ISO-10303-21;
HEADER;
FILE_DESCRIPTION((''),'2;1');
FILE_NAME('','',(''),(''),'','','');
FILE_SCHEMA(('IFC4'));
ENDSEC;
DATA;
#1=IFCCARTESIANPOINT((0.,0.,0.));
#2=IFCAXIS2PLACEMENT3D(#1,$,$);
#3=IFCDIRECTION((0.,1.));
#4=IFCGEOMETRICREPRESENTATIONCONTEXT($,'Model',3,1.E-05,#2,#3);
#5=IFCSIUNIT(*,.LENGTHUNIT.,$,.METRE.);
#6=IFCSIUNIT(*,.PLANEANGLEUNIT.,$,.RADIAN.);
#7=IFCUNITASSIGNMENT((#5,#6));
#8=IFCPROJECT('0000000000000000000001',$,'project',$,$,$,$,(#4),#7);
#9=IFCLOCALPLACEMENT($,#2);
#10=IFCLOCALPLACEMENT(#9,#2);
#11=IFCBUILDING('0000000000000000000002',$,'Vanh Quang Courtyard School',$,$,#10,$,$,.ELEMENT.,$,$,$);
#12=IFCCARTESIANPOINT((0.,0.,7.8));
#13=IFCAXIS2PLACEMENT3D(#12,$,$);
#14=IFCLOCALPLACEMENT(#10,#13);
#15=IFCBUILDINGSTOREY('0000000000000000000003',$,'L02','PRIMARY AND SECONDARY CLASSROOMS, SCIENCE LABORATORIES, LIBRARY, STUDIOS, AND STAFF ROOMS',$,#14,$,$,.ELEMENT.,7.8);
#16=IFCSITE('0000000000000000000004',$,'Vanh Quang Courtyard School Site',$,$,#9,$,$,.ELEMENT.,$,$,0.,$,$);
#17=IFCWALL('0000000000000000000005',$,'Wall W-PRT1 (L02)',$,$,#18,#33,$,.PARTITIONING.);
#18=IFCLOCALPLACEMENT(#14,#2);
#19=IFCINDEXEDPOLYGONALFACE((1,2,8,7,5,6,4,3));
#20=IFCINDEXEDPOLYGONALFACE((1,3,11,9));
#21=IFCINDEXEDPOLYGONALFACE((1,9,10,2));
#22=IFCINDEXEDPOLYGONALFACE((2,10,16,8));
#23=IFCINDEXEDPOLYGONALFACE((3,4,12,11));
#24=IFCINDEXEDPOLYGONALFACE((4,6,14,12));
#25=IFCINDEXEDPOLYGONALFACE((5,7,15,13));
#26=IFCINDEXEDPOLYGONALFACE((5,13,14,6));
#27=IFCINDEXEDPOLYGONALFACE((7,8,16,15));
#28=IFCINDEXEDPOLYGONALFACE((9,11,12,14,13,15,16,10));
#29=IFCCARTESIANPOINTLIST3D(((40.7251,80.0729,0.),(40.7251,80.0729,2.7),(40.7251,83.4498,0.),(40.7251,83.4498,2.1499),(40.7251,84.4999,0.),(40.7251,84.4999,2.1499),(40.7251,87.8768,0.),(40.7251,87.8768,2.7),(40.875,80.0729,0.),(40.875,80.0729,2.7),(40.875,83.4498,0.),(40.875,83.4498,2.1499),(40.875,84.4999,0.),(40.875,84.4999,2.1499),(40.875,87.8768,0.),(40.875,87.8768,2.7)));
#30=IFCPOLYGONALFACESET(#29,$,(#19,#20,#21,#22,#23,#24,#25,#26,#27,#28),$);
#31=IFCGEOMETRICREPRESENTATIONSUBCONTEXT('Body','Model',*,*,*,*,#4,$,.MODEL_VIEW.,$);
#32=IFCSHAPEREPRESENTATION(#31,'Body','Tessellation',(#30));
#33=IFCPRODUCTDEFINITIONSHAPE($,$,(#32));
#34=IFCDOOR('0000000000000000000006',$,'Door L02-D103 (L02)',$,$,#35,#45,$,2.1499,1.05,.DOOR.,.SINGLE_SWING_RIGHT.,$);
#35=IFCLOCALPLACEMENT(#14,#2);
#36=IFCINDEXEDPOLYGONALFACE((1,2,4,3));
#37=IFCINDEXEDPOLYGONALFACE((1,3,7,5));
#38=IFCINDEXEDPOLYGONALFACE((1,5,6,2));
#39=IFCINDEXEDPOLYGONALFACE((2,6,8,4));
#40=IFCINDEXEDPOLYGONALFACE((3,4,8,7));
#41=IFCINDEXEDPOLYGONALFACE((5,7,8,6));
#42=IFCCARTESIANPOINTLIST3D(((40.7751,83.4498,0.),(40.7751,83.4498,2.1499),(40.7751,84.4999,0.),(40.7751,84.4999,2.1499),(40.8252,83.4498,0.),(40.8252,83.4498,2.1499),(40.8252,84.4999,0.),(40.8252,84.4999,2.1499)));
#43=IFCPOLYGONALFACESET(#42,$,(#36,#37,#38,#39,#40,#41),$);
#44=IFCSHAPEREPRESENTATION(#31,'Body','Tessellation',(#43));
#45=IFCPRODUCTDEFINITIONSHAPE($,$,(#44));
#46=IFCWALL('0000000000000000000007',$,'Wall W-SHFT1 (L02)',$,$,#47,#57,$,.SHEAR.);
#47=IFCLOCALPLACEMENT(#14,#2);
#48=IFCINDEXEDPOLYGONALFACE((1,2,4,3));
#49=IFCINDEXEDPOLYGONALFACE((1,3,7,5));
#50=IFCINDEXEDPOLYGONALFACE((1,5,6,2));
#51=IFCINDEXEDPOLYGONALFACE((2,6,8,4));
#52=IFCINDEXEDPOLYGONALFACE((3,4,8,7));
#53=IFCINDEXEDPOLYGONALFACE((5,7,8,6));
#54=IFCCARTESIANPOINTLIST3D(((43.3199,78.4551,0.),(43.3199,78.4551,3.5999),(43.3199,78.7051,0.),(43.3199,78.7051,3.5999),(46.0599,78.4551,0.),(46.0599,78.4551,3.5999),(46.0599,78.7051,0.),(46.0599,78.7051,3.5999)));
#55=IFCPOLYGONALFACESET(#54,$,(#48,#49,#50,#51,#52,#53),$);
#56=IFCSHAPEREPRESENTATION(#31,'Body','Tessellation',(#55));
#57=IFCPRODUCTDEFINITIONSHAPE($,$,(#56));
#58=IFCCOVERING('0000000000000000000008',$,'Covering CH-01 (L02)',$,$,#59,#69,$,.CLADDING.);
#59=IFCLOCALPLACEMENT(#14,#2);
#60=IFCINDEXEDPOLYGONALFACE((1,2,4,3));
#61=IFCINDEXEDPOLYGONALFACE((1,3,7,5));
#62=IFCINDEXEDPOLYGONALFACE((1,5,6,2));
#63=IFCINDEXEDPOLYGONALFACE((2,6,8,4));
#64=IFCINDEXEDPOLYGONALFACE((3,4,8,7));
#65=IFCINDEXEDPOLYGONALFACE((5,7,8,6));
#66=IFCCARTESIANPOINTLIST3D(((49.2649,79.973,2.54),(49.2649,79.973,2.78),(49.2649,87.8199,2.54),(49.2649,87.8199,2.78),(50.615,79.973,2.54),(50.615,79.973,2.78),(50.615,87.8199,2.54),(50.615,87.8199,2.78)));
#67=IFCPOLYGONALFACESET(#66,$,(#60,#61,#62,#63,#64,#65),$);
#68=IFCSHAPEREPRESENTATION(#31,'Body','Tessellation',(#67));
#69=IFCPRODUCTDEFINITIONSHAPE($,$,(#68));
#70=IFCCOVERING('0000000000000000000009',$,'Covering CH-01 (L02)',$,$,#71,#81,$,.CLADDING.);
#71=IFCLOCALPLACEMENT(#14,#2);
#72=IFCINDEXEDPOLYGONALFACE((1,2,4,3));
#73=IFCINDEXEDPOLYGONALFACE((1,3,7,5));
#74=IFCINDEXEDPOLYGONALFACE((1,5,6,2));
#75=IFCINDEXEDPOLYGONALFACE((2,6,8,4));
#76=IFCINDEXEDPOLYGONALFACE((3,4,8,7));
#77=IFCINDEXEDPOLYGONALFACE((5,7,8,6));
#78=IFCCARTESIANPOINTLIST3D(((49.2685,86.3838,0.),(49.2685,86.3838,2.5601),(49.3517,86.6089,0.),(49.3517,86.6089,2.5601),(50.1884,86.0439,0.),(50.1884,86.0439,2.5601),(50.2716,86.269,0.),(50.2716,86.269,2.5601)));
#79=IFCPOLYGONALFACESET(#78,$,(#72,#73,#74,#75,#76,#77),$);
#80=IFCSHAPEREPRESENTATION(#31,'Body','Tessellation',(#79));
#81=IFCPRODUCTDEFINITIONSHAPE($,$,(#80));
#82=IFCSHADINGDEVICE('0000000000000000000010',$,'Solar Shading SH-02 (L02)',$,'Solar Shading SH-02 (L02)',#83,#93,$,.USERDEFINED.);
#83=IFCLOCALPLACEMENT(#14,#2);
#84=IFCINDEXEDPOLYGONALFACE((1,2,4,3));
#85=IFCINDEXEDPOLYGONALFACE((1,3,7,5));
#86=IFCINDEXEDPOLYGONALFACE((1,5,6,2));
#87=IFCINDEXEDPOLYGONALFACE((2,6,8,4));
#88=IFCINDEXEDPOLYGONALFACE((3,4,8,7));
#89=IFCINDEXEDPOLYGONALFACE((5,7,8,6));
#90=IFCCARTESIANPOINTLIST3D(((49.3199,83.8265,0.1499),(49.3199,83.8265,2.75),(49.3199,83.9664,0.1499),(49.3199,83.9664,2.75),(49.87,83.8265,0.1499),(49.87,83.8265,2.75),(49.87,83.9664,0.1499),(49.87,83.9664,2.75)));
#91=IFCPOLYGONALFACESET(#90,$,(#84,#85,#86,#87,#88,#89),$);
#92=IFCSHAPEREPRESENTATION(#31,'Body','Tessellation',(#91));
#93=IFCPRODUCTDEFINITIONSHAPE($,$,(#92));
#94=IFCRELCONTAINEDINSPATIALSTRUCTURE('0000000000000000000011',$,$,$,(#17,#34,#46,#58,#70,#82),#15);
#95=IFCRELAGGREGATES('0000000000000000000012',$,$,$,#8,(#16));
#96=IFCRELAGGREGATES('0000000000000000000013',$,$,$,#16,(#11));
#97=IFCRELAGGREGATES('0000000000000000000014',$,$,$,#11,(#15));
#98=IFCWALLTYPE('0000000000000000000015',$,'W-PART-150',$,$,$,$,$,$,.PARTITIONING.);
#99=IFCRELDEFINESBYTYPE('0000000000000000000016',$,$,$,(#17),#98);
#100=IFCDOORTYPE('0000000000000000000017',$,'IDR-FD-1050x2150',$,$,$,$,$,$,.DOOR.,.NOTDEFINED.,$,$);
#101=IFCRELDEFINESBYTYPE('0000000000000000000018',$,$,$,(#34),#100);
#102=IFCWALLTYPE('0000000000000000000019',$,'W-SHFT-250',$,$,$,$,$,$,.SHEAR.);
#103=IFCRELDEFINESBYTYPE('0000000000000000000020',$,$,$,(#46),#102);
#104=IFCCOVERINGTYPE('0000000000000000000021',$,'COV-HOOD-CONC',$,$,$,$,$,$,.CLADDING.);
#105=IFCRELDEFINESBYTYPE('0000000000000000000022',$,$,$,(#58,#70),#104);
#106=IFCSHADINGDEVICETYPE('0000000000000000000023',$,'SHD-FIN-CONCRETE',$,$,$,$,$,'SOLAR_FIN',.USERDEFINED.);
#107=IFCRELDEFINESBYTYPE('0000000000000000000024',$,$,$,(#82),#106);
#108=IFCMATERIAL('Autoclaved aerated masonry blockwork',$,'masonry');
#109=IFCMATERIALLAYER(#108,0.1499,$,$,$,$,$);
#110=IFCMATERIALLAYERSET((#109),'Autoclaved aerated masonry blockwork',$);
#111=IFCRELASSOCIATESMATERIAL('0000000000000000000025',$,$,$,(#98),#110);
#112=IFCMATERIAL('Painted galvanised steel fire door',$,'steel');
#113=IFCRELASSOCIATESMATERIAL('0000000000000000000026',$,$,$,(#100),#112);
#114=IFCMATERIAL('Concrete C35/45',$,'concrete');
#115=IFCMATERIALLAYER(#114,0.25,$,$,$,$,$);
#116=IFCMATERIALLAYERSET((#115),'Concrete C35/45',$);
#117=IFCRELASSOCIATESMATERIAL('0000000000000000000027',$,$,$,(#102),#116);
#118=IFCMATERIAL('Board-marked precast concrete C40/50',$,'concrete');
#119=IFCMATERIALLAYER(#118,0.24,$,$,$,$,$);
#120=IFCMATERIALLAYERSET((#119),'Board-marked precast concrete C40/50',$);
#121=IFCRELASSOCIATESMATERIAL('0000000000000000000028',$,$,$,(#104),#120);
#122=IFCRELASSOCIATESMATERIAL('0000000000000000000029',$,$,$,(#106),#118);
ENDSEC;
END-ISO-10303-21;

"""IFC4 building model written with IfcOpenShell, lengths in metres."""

from ifc_helpers import new_model, si_unit, direction, frame, frame_2d, origin, origin_2d, place, context, subcontext, project, spatial, rectangle, extrude, material, layer, layer_set, type_object, element, fill, save


model = new_model("IFC4")

# Units and contexts
model_context = context("Model", 3, precision=1e-05, world=origin(), true_north=direction((0.0, 1.0)))
body_context = subcontext(model_context, "Body", "Model", "MODEL_VIEW")
ifc_project = project(units=[si_unit("LENGTHUNIT", "METRE"), si_unit("PLANEANGLEUNIT", "RADIAN")], contexts=[model_context])

# Site, building, storey
site_placement = place(None, origin())
site = spatial("IfcSite", under=ifc_project, at=site_placement, Name="Vanh Quang Courtyard School Site", CompositionType="ELEMENT", RefElevation=0.0)
building_placement = place(site_placement, origin())
building = spatial("IfcBuilding", under=site, at=building_placement, Name="Vanh Quang Courtyard School", CompositionType="ELEMENT")
storey_placement = place(building_placement, frame((0.0, 0.0, 7.8)))
storey = spatial("IfcBuildingStorey", under=building, at=storey_placement, Name="L02", Description="PRIMARY AND SECONDARY CLASSROOMS, SCIENCE LABORATORIES, LIBRARY, STUDIOS, AND STAFF ROOMS", CompositionType="ELEMENT", Elevation=7.8)

# Shared definitions
ifc_material_1 = material(Name="Concrete C35/45", Category="concrete")

# Wall, opening, door
ifc_material_2 = material(Name="Autoclaved aerated masonry blockwork", Category="masonry")
ifc_layer_1 = layer(ifc_material_2, 0.1499)
ifc_layer_set_1 = layer_set([ifc_layer_1], Name="Autoclaved aerated masonry blockwork")
wall_type_1 = type_object("IfcWallType", Name="W-PART-150", PredefinedType="PARTITIONING", material=ifc_layer_set_1)
wall_1_placement = place(storey_placement, frame((40.8, 80.073, 0.0), z_axis=(0.0, 0.0, 1.0), x_axis=(0.0, 1.0, 0.0)))
wall_1 = element("IfcWall", 1, at=wall_1_placement, inside=storey, type_object=wall_type_1, Name="Wall W-PRT1 (L02)", PredefinedType="PARTITIONING", context=body_context, shape_type="SweptSolid", body=[
    extrude(rectangle(XDim=7.804, YDim=0.1499, at=frame_2d((3.9019, 0.0))), origin(), (0.0, 0.0, 1.0), 2.7),
])
opening_1_placement = place(wall_1_placement, frame((3.377, 0.0, 0.0)))
opening_1 = element("IfcOpeningElement", 2, at=opening_1_placement, cuts=wall_1, PredefinedType="OPENING", context=body_context, shape_type="SweptSolid", body=[
    extrude(rectangle(XDim=1.05, YDim=2.1499, at=frame_2d((0.5249, 1.075))), frame((0.0, 0.085, 0.0), z_axis=(0.0, -1.0, 0.0), x_axis=(1.0, 0.0, 0.0)), (0.0, 0.0, 1.0), 0.1699),
])
ifc_material_3 = material(Name="Painted galvanised steel fire door", Category="steel")
door_type_1 = type_object("IfcDoorType", Name="IDR-FD-1050x2150", OperationType="NOTDEFINED", PredefinedType="DOOR", material=ifc_material_3)
door_1_placement = place(opening_1_placement, origin())
door_1 = element("IfcDoor", 3, at=door_1_placement, inside=storey, type_object=door_type_1, Name="Door L02-D103 (L02)", OperationType="SINGLE_SWING_RIGHT", OverallHeight=2.1499, OverallWidth=1.05, PredefinedType="DOOR", context=body_context, shape_type="SweptSolid", body=[
    extrude(rectangle(XDim=1.05, YDim=2.1499, at=frame_2d((0.5249, 1.075))), frame((0.0, 0.0249, 0.0), z_axis=(0.0, -1.0, 0.0), x_axis=(1.0, 0.0, 0.0)), (0.0, 0.0, 1.0), 0.05),
])
fill(opening_1, door_1)
ifc_layer_2 = layer(ifc_material_1, 0.25)
ifc_layer_set_2 = layer_set([ifc_layer_2], Name="Concrete C35/45")
wall_type_2 = type_object("IfcWallType", Name="W-SHFT-250", PredefinedType="SHEAR", material=ifc_layer_set_2)

# Wall
wall_2_placement = place(storey_placement, frame((46.0601, 78.5801, 0.0), z_axis=(0.0, 0.0, 1.0), x_axis=(-1.0, 0.0, 0.0)))
element("IfcWall", 4, at=wall_2_placement, inside=storey, type_object=wall_type_2, Name="Wall W-SHFT1 (L02)", PredefinedType="SHEAR", context=body_context, shape_type="SweptSolid", body=[
    extrude(rectangle(XDim=2.74, YDim=0.25, at=frame_2d((1.3701, 0.0))), origin(), (0.0, 0.0, 1.0), 3.5999),
])

# Coverings
ifc_material_4 = material(Name="Board-marked precast concrete C40/50", Category="concrete")
ifc_layer_3 = layer(ifc_material_4, 0.24)
ifc_layer_set_3 = layer_set([ifc_layer_3], Name="Board-marked precast concrete C40/50")
covering_type = type_object("IfcCoveringType", Name="COV-HOOD-CONC", PredefinedType="CLADDING", material=ifc_layer_set_3)
covering_1_placement = place(storey_placement, frame((49.9399, 83.8965, 2.54), z_axis=(0.0, 0.0, 1.0), x_axis=(0.0, -1.0, 0.0)))
element("IfcCovering", 5, at=covering_1_placement, inside=storey, type_object=covering_type, Name="Covering CH-01 (L02)", PredefinedType="CLADDING", context=body_context, shape_type="SweptSolid", body=[
    extrude(rectangle(XDim=7.8469, YDim=1.3501, at=origin_2d()), origin(), (0.0, 0.0, 1.0), 0.24),
])
covering_2_placement = place(storey_placement, frame((49.77, 86.3264, 0.0), z_axis=(0.0, 0.0, 1.0), x_axis=(0.93801, -0.346608, 0.0)))
element("IfcCovering", 6, at=covering_2_placement, inside=storey, type_object=covering_type, Name="Covering CH-01 (L02)", PredefinedType="CLADDING", context=body_context, shape_type="SweptSolid", body=[
    extrude(rectangle(XDim=0.9807, YDim=0.24, at=origin_2d()), origin(), (0.0, 0.0, 1.0), 2.5601),
])

# Shading device
shading_device_type = type_object("IfcShadingDeviceType", Name="SHD-FIN-CONCRETE", ElementType="SOLAR_FIN", PredefinedType="USERDEFINED", material=ifc_material_4)
shading_device_placement = place(storey_placement, frame((49.595, 83.8965, 0.1499), z_axis=(0.0, 0.0, 1.0), x_axis=(0.0, -1.0, 0.0)))
element("IfcShadingDevice", 7, at=shading_device_placement, inside=storey, type_object=shading_device_type, Name="Solar Shading SH-02 (L02)", ObjectType="Solar Shading SH-02 (L02)", PredefinedType="USERDEFINED", context=body_context, shape_type="SweptSolid", body=[
    extrude(rectangle(XDim=0.1399, YDim=0.55, at=origin_2d()), origin(), (0.0, 0.0, 1.0), 2.6001),
])

save(model, "model.ifc")
